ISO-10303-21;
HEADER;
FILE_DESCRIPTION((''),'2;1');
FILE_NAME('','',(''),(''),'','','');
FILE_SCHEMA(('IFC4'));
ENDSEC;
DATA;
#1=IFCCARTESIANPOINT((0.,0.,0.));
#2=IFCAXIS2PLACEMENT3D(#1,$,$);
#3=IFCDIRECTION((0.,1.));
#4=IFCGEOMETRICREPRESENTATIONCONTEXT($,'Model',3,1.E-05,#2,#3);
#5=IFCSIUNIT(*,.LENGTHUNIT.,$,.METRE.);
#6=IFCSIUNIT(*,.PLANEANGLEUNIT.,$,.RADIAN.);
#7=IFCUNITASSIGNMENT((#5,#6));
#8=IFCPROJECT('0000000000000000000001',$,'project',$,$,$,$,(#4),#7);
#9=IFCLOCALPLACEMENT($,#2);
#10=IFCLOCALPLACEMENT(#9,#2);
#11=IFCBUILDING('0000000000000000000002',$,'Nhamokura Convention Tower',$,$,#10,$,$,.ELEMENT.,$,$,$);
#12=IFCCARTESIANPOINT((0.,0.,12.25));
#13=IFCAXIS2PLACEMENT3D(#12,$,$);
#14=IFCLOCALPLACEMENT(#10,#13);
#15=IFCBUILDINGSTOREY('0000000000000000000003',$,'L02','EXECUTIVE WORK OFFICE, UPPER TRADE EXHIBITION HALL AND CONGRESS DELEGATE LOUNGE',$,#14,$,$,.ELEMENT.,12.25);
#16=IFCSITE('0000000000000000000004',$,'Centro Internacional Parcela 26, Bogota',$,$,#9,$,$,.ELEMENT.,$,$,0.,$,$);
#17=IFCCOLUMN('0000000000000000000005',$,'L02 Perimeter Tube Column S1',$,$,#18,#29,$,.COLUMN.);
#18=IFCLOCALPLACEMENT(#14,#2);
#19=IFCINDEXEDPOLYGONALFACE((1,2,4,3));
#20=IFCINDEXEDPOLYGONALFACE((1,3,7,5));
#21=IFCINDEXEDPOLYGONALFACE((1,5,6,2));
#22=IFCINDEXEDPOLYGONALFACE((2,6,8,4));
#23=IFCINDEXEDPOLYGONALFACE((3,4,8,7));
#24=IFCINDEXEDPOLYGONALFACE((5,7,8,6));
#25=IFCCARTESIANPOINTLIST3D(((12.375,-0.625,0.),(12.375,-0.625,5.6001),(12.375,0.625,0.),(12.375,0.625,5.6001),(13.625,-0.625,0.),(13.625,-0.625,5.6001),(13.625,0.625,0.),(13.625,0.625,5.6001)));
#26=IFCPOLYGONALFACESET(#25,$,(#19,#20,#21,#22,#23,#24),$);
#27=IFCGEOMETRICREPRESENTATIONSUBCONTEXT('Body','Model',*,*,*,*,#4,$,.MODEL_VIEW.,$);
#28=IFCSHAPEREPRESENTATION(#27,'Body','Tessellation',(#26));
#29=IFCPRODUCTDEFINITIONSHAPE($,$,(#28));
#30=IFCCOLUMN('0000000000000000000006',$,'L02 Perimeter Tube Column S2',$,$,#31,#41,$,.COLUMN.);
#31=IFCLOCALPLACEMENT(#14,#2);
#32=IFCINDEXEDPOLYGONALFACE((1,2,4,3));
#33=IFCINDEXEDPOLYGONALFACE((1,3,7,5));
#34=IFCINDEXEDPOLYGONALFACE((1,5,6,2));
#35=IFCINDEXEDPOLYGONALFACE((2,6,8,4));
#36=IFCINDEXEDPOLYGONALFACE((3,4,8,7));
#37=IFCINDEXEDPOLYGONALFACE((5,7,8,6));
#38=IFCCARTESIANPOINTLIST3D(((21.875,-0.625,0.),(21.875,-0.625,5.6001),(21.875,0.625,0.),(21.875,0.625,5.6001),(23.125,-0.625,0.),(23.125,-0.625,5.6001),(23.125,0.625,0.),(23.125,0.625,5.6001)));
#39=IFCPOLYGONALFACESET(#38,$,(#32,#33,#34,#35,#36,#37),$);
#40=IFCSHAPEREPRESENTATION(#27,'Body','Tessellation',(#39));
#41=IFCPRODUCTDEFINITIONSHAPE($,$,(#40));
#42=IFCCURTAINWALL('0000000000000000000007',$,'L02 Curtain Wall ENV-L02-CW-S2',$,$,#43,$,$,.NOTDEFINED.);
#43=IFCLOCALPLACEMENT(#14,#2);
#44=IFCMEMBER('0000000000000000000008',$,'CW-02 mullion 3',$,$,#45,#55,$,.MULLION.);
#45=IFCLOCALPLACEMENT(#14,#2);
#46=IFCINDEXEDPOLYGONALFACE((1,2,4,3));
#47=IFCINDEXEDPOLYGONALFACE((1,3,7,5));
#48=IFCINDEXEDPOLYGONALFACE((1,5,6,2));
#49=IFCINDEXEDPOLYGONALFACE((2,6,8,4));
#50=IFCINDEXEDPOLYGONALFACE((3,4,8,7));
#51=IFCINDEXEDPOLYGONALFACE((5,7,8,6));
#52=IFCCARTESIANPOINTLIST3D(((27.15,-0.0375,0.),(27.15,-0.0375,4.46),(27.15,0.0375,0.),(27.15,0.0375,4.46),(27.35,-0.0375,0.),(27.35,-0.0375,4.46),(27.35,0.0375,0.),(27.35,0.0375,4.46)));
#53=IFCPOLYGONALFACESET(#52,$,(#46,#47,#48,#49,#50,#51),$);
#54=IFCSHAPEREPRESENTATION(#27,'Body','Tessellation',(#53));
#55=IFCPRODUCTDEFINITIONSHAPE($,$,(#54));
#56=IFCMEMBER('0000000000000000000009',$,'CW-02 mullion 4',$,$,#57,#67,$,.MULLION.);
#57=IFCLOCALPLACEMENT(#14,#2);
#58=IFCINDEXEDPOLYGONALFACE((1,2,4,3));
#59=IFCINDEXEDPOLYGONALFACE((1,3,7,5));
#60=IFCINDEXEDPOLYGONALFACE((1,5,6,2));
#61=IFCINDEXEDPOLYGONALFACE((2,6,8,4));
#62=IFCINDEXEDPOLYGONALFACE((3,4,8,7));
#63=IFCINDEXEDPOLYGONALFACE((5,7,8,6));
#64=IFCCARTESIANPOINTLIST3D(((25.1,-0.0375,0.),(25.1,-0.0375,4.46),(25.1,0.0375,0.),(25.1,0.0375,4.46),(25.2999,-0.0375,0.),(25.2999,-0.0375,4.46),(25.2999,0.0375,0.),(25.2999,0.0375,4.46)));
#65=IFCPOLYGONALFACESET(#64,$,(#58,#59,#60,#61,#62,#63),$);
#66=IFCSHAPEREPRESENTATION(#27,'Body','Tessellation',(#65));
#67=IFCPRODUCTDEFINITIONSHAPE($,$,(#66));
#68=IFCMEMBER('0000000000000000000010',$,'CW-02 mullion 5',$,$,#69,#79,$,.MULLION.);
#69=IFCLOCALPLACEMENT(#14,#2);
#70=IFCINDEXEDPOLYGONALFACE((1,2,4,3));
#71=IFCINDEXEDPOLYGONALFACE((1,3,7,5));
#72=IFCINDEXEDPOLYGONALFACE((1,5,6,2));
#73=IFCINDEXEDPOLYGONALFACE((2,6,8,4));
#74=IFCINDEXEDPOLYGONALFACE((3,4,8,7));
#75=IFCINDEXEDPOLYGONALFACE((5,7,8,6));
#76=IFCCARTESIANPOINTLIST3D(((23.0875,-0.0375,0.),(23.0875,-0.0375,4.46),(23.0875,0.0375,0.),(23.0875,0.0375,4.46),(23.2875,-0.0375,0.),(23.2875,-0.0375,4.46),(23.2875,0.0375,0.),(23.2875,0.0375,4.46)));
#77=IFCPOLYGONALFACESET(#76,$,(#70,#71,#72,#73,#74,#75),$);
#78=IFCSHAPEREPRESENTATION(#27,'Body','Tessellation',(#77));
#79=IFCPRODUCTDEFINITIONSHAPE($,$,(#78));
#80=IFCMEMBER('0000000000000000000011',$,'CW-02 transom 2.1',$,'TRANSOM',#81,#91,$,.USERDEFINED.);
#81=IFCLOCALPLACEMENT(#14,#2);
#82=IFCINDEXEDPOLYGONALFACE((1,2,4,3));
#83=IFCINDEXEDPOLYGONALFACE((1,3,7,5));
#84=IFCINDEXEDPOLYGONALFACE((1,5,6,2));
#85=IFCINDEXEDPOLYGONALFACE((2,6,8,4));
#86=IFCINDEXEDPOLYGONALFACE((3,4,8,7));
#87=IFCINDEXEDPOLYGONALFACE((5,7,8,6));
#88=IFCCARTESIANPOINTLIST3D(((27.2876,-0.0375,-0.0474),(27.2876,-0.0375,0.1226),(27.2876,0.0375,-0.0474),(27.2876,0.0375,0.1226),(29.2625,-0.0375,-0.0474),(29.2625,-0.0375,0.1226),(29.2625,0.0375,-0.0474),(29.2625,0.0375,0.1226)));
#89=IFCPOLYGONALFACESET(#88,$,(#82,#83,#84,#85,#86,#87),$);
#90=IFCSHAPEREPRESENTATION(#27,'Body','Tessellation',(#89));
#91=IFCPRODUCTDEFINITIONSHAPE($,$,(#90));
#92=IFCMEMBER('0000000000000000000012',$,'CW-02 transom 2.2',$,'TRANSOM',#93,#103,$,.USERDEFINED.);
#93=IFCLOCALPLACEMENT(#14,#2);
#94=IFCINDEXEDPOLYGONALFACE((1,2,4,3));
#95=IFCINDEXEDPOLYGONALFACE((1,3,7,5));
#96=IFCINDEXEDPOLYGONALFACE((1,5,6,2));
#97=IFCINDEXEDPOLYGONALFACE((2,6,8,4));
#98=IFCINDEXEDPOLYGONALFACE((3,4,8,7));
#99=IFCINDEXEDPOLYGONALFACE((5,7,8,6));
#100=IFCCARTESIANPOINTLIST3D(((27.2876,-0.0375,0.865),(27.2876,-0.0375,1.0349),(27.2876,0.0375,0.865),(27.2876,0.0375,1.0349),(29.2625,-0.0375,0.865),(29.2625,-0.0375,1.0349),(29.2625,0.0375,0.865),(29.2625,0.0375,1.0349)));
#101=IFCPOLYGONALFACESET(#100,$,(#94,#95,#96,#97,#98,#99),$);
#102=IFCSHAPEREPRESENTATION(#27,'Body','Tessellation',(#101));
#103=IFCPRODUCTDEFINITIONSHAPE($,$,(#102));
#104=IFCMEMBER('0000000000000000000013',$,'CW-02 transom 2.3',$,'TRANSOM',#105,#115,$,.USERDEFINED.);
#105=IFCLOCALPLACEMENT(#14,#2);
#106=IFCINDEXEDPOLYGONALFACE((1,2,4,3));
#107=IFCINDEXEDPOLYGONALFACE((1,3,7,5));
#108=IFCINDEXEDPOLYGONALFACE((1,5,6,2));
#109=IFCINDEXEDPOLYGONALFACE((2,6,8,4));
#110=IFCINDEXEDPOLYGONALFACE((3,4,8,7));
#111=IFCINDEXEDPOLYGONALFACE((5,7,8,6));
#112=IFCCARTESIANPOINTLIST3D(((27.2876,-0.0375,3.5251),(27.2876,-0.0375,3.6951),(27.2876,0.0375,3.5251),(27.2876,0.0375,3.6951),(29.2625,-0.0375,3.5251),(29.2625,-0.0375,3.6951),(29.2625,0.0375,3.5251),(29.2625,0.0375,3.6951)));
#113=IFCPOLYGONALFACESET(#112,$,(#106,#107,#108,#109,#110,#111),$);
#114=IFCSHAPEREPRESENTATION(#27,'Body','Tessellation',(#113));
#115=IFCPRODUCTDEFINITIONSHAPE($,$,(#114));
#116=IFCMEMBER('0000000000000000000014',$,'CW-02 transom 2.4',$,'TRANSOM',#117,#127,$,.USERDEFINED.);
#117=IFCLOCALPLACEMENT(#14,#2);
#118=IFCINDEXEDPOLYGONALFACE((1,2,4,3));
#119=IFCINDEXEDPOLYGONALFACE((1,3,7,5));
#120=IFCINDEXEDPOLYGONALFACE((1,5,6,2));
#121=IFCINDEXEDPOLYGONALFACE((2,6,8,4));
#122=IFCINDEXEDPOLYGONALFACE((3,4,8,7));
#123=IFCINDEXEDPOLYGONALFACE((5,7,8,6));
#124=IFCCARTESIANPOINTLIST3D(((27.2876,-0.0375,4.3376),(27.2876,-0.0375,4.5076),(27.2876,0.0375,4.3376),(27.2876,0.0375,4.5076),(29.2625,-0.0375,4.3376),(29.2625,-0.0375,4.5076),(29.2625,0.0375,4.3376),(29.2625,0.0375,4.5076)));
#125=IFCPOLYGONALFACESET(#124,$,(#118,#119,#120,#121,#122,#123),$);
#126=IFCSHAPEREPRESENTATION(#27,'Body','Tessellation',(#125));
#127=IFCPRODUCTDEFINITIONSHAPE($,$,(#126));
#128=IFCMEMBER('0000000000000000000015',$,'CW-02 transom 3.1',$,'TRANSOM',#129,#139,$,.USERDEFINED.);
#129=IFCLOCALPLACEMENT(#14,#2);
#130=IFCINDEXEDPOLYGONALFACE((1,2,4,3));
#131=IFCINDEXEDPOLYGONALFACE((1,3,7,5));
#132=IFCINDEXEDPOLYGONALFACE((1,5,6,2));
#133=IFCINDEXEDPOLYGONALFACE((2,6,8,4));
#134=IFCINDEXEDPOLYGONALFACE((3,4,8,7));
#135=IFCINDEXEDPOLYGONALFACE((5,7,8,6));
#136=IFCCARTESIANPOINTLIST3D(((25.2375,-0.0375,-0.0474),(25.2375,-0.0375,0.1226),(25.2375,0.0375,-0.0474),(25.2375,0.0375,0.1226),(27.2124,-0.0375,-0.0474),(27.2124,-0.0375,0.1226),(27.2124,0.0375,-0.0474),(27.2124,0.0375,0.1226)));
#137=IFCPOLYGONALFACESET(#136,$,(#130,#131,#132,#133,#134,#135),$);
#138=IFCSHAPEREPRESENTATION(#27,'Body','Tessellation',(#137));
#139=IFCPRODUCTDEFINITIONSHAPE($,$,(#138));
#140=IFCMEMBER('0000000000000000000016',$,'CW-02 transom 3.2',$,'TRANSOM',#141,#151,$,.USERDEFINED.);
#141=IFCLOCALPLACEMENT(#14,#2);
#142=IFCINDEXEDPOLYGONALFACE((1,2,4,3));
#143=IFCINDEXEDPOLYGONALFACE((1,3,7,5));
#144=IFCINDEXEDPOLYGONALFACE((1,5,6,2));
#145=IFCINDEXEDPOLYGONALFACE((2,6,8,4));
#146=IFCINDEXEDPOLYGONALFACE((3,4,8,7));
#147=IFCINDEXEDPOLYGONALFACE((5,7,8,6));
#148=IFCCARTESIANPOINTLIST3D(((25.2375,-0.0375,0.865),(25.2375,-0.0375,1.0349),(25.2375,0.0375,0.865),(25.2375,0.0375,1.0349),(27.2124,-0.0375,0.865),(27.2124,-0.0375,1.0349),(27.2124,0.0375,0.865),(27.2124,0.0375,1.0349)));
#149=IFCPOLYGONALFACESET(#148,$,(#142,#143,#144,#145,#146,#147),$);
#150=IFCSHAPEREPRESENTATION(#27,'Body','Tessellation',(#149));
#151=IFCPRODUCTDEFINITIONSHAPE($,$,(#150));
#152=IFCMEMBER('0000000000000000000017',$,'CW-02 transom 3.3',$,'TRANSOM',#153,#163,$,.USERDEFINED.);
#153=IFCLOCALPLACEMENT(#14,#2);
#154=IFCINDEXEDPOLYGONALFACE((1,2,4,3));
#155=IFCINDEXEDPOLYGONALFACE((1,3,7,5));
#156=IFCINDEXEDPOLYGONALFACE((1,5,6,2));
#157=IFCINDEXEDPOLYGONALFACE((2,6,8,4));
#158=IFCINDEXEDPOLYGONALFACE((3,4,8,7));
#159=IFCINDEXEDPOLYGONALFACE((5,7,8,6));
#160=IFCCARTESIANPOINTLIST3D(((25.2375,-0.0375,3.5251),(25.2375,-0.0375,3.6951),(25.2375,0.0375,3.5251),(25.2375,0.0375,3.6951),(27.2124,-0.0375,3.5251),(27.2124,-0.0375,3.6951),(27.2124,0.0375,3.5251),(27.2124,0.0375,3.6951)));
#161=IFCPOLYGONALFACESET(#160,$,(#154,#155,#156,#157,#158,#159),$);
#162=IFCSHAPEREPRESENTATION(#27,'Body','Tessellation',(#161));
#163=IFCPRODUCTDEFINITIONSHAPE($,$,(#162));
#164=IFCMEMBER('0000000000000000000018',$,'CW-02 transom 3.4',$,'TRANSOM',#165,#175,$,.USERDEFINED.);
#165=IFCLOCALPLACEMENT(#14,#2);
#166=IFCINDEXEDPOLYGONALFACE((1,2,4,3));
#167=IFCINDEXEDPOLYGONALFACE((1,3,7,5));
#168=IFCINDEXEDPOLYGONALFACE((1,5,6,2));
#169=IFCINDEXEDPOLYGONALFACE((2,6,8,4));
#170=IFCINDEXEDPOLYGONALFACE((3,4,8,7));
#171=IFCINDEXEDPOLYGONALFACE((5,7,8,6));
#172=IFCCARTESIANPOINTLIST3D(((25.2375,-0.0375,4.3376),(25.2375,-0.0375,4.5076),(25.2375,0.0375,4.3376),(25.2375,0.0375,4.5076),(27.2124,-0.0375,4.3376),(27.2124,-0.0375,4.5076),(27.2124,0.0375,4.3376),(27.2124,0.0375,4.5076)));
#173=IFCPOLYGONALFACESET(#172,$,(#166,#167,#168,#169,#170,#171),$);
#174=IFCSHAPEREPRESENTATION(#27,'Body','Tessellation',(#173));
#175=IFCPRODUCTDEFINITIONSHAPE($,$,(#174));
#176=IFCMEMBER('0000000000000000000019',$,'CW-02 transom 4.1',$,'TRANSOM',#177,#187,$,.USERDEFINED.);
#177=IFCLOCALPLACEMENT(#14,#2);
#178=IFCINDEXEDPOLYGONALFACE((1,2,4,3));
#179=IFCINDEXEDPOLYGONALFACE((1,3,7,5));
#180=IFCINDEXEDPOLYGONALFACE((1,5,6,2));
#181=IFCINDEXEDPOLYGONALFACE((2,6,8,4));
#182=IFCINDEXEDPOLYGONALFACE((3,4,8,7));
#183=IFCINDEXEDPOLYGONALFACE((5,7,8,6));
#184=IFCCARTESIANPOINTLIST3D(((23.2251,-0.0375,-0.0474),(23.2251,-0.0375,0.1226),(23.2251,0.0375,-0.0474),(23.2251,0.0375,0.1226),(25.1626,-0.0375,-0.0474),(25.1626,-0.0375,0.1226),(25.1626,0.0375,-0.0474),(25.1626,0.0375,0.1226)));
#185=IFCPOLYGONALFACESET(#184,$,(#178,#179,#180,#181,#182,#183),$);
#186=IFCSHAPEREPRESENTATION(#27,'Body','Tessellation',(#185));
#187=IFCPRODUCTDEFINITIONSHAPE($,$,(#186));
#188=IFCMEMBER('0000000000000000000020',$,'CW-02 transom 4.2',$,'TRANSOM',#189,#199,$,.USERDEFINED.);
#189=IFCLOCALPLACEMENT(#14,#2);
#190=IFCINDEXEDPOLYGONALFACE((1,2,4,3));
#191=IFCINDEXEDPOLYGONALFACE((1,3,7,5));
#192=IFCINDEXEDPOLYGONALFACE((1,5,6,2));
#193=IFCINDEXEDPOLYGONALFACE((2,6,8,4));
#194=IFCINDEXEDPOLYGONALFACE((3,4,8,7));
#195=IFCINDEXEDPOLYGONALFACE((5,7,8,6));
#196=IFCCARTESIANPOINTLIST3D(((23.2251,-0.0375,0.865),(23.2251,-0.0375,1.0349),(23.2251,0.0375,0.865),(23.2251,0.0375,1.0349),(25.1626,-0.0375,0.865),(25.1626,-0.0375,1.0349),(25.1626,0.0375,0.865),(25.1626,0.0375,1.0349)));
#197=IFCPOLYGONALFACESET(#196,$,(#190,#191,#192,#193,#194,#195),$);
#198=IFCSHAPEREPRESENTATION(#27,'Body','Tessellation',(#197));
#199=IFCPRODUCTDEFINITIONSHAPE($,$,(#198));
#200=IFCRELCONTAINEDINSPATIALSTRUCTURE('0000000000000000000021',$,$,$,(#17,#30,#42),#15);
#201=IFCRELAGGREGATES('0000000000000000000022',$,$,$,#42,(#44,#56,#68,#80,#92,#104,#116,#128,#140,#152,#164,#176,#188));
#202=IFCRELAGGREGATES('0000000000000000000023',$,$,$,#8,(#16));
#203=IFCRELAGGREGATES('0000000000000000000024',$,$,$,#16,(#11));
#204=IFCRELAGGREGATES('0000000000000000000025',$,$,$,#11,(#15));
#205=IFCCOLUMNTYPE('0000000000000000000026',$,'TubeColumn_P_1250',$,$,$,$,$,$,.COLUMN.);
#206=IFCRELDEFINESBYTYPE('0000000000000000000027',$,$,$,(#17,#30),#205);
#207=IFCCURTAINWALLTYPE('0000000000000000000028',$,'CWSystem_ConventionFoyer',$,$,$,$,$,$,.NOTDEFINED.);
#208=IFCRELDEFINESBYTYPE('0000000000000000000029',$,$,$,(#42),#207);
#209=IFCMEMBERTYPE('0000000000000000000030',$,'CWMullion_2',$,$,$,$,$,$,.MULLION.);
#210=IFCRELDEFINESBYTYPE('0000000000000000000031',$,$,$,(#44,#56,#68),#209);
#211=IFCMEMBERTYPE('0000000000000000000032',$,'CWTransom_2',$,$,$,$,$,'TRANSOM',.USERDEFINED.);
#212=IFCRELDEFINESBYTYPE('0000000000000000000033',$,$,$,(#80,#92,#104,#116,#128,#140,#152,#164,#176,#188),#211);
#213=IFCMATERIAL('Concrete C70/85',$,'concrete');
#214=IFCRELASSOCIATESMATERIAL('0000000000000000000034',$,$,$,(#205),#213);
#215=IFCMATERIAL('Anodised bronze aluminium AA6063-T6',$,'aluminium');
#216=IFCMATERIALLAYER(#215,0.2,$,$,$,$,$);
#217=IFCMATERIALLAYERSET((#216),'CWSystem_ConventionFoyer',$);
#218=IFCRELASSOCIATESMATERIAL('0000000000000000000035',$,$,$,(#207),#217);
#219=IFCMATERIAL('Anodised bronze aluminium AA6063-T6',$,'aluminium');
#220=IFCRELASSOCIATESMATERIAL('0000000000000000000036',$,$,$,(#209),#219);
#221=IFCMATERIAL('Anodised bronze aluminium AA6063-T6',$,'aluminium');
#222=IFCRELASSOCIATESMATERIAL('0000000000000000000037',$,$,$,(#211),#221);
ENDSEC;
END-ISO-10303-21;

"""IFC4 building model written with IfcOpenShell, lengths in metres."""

from ifc_helpers import new_model, si_unit, direction, frame, origin, origin_2d, place, context, subcontext, project, spatial, rectangle, extrude, material, layer, layer_set, material_profile, profile_set, type_object, element, aggregate, save


model = new_model("IFC4")

# Units and contexts
model_context = context("Model", 3, precision=1e-05, world=origin(), true_north=direction((0.0, 1.0)))
body_context = subcontext(model_context, "Body", "Model", "MODEL_VIEW")
ifc_project = project(units=[si_unit("LENGTHUNIT", "METRE"), si_unit("PLANEANGLEUNIT", "RADIAN")], contexts=[model_context])

# Site, building, storey
site_placement = place(None, origin())
site = spatial("IfcSite", under=ifc_project, at=site_placement, Name="Centro Internacional Parcela 26, Bogota", CompositionType="ELEMENT", RefElevation=0.0)
building_placement = place(site_placement, origin())
building = spatial("IfcBuilding", under=site, at=building_placement, Name="Nhamokura Convention Tower", CompositionType="ELEMENT")
storey_placement = place(building_placement, frame((0.0, 0.0, 12.25)))
storey = spatial("IfcBuildingStorey", under=building, at=storey_placement, Name="L02", Description="EXECUTIVE WORK OFFICE, UPPER TRADE EXHIBITION HALL AND CONGRESS DELEGATE LOUNGE", CompositionType="ELEMENT", Elevation=12.25)

# Columns
ifc_material_1 = material(Name="Concrete C70/85", Category="concrete")
ifc_material_profile_1 = material_profile(ifc_material_1, rectangle(XDim=1.25, YDim=1.25, at=origin_2d()))
ifc_profile_set_1 = profile_set([ifc_material_profile_1], Name="Concrete C70/85")
column_type = type_object("IfcColumnType", Name="TubeColumn_P_1250", PredefinedType="COLUMN", material=ifc_profile_set_1)
for number, where, z_axis, x_axis, name in (
    (1, (13.0, 0.0, 0.0), (0.0, 0.0, 1.0), (1.0, 0.0, 0.0), "L02 Perimeter Tube Column S1"),
    (2, (22.5, 0.0, 0.0), (0.0, 0.0, 1.0), (1.0, 0.0, 0.0), "L02 Perimeter Tube Column S2"),
):
    element("IfcColumn", number, at=place(storey_placement, frame(where, z_axis=z_axis, x_axis=x_axis)), inside=storey, type_object=column_type, Name=name, PredefinedType="COLUMN", context=body_context, shape_type="SweptSolid", body=[
        extrude(rectangle(XDim=1.25, YDim=1.25, at=origin_2d()), origin(), (0.0, 0.0, 1.0), 5.6001),
    ])

# Curtain wall, members
ifc_material_2 = material(Name="Anodised bronze aluminium AA6063-T6", Category="aluminium")
ifc_layer_1 = layer(ifc_material_2, 0.2)
ifc_layer_set_1 = layer_set([ifc_layer_1], Name="CWSystem_ConventionFoyer")
curtain_wall_type = type_object("IfcCurtainWallType", Name="CWSystem_ConventionFoyer", PredefinedType="NOTDEFINED", material=ifc_layer_set_1)
curtain_wall_placement = place(storey_placement, origin())
curtain_wall = element("IfcCurtainWall", 3, at=curtain_wall_placement, inside=storey, type_object=curtain_wall_type, Name="L02 Curtain Wall ENV-L02-CW-S2", PredefinedType="NOTDEFINED")
ifc_material_3 = material(Name="Anodised bronze aluminium AA6063-T6", Category="aluminium")
ifc_material_profile_2 = material_profile(ifc_material_3, rectangle(XDim=0.075, YDim=0.2, at=origin_2d()))
ifc_profile_set_2 = profile_set([ifc_material_profile_2], Name="Anodised bronze aluminium AA6063-T6")
member_type_1 = type_object("IfcMemberType", Name="CWMullion_2", PredefinedType="MULLION", material=ifc_profile_set_2)
member_1_placement = place(storey_placement, frame((27.25, 0.0, 0.0), z_axis=(0.0, 0.0, 1.0), x_axis=(0.0, -1.0, 0.0)))
member_1 = element("IfcMember", 4, at=member_1_placement, type_object=member_type_1, Name="CW-02 mullion 3", PredefinedType="MULLION", context=body_context, shape_type="SweptSolid", body=[
    extrude(rectangle(XDim=0.075, YDim=0.2, at=origin_2d()), origin(), (0.0, 0.0, 1.0), 4.46),
])
member_2_placement = place(storey_placement, frame((25.2, 0.0, 0.0), z_axis=(0.0, 0.0, 1.0), x_axis=(0.0, -1.0, 0.0)))
member_2 = element("IfcMember", 5, at=member_2_placement, type_object=member_type_1, Name="CW-02 mullion 4", PredefinedType="MULLION", context=body_context, shape_type="SweptSolid", body=[
    extrude(rectangle(XDim=0.075, YDim=0.2, at=origin_2d()), origin(), (0.0, 0.0, 1.0), 4.46),
])
member_3_placement = place(storey_placement, frame((23.1875, 0.0, 0.0), z_axis=(0.0, 0.0, 1.0), x_axis=(0.0, -1.0, 0.0)))
member_3 = element("IfcMember", 6, at=member_3_placement, type_object=member_type_1, Name="CW-02 mullion 5", PredefinedType="MULLION", context=body_context, shape_type="SweptSolid", body=[
    extrude(rectangle(XDim=0.075, YDim=0.2, at=origin_2d()), origin(), (0.0, 0.0, 1.0), 4.46),
])
ifc_material_4 = material(Name="Anodised bronze aluminium AA6063-T6", Category="aluminium")
ifc_material_profile_3 = material_profile(ifc_material_4, rectangle(XDim=0.075, YDim=0.1699, at=origin_2d()))
ifc_profile_set_3 = profile_set([ifc_material_profile_3], Name="Anodised bronze aluminium AA6063-T6")
member_type_2 = type_object("IfcMemberType", Name="CWTransom_2", ElementType="TRANSOM", PredefinedType="USERDEFINED", material=ifc_profile_set_3)
member_4_placement = place(storey_placement, frame((29.2625, 0.0, 0.0376), z_axis=(-1.0, 0.0, 0.0), x_axis=(0.0, -1.0, 0.0)))
member_4 = element("IfcMember", 7, at=member_4_placement, type_object=member_type_2, Name="CW-02 transom 2.1", ObjectType="TRANSOM", PredefinedType="USERDEFINED", context=body_context, shape_type="SweptSolid", body=[
    extrude(rectangle(XDim=0.075, YDim=0.1699, at=origin_2d()), origin(), (0.0, 0.0, 1.0), 1.9749),
])
member_5_placement = place(storey_placement, frame((29.2625, 0.0, 0.95), z_axis=(-1.0, 0.0, 0.0), x_axis=(0.0, -1.0, 0.0)))
member_5 = element("IfcMember", 8, at=member_5_placement, type_object=member_type_2, Name="CW-02 transom 2.2", ObjectType="TRANSOM", PredefinedType="USERDEFINED", context=body_context, shape_type="SweptSolid", body=[
    extrude(rectangle(XDim=0.075, YDim=0.1699, at=origin_2d()), origin(), (0.0, 0.0, 1.0), 1.9749),
])
member_6_placement = place(storey_placement, frame((29.2625, 0.0, 3.6101), z_axis=(-1.0, 0.0, 0.0), x_axis=(0.0, -1.0, 0.0)))
member_6 = element("IfcMember", 9, at=member_6_placement, type_object=member_type_2, Name="CW-02 transom 2.3", ObjectType="TRANSOM", PredefinedType="USERDEFINED", context=body_context, shape_type="SweptSolid", body=[
    extrude(rectangle(XDim=0.075, YDim=0.1699, at=origin_2d()), origin(), (0.0, 0.0, 1.0), 1.9749),
])
member_7_placement = place(storey_placement, frame((29.2625, 0.0, 4.4226), z_axis=(-1.0, 0.0, 0.0), x_axis=(0.0, -1.0, 0.0)))
member_7 = element("IfcMember", 10, at=member_7_placement, type_object=member_type_2, Name="CW-02 transom 2.4", ObjectType="TRANSOM", PredefinedType="USERDEFINED", context=body_context, shape_type="SweptSolid", body=[
    extrude(rectangle(XDim=0.075, YDim=0.1699, at=origin_2d()), origin(), (0.0, 0.0, 1.0), 1.9749),
])
member_8_placement = place(storey_placement, frame((27.2124, 0.0, 0.0376), z_axis=(-1.0, 0.0, 0.0), x_axis=(0.0, -1.0, 0.0)))
member_8 = element("IfcMember", 11, at=member_8_placement, type_object=member_type_2, Name="CW-02 transom 3.1", ObjectType="TRANSOM", PredefinedType="USERDEFINED", context=body_context, shape_type="SweptSolid", body=[
    extrude(rectangle(XDim=0.075, YDim=0.1699, at=origin_2d()), origin(), (0.0, 0.0, 1.0), 1.9749),
])
member_9_placement = place(storey_placement, frame((27.2124, 0.0, 0.95), z_axis=(-1.0, 0.0, 0.0), x_axis=(0.0, -1.0, 0.0)))
member_9 = element("IfcMember", 12, at=member_9_placement, type_object=member_type_2, Name="CW-02 transom 3.2", ObjectType="TRANSOM", PredefinedType="USERDEFINED", context=body_context, shape_type="SweptSolid", body=[
    extrude(rectangle(XDim=0.075, YDim=0.1699, at=origin_2d()), origin(), (0.0, 0.0, 1.0), 1.9749),
])
member_10_placement = place(storey_placement, frame((27.2124, 0.0, 3.6101), z_axis=(-1.0, 0.0, 0.0), x_axis=(0.0, -1.0, 0.0)))
member_10 = element("IfcMember", 13, at=member_10_placement, type_object=member_type_2, Name="CW-02 transom 3.3", ObjectType="TRANSOM", PredefinedType="USERDEFINED", context=body_context, shape_type="SweptSolid", body=[
    extrude(rectangle(XDim=0.075, YDim=0.1699, at=origin_2d()), origin(), (0.0, 0.0, 1.0), 1.9749),
])
member_11_placement = place(storey_placement, frame((27.2124, 0.0, 4.4226), z_axis=(-1.0, 0.0, 0.0), x_axis=(0.0, -1.0, 0.0)))
member_11 = element("IfcMember", 14, at=member_11_placement, type_object=member_type_2, Name="CW-02 transom 3.4", ObjectType="TRANSOM", PredefinedType="USERDEFINED", context=body_context, shape_type="SweptSolid", body=[
    extrude(rectangle(XDim=0.075, YDim=0.1699, at=origin_2d()), origin(), (0.0, 0.0, 1.0), 1.9749),
])
member_12_placement = place(storey_placement, frame((25.1626, 0.0, 0.0376), z_axis=(-1.0, 0.0, 0.0), x_axis=(0.0, -1.0, 0.0)))
member_12 = element("IfcMember", 15, at=member_12_placement, type_object=member_type_2, Name="CW-02 transom 4.1", ObjectType="TRANSOM", PredefinedType="USERDEFINED", context=body_context, shape_type="SweptSolid", body=[
    extrude(rectangle(XDim=0.075, YDim=0.1699, at=origin_2d()), origin(), (0.0, 0.0, 1.0), 1.9375),
])
member_13_placement = place(storey_placement, frame((25.1626, 0.0, 0.95), z_axis=(-1.0, 0.0, 0.0), x_axis=(0.0, -1.0, 0.0)))
member_13 = element("IfcMember", 16, at=member_13_placement, type_object=member_type_2, Name="CW-02 transom 4.2", ObjectType="TRANSOM", PredefinedType="USERDEFINED", context=body_context, shape_type="SweptSolid", body=[
    extrude(rectangle(XDim=0.075, YDim=0.1699, at=origin_2d()), origin(), (0.0, 0.0, 1.0), 1.9375),
])

aggregate(curtain_wall, [member_1, member_2, member_3, member_4, member_5, member_6, member_7, member_8, member_9, member_10, member_11, member_12, member_13])

save(model, "model.ifc")
